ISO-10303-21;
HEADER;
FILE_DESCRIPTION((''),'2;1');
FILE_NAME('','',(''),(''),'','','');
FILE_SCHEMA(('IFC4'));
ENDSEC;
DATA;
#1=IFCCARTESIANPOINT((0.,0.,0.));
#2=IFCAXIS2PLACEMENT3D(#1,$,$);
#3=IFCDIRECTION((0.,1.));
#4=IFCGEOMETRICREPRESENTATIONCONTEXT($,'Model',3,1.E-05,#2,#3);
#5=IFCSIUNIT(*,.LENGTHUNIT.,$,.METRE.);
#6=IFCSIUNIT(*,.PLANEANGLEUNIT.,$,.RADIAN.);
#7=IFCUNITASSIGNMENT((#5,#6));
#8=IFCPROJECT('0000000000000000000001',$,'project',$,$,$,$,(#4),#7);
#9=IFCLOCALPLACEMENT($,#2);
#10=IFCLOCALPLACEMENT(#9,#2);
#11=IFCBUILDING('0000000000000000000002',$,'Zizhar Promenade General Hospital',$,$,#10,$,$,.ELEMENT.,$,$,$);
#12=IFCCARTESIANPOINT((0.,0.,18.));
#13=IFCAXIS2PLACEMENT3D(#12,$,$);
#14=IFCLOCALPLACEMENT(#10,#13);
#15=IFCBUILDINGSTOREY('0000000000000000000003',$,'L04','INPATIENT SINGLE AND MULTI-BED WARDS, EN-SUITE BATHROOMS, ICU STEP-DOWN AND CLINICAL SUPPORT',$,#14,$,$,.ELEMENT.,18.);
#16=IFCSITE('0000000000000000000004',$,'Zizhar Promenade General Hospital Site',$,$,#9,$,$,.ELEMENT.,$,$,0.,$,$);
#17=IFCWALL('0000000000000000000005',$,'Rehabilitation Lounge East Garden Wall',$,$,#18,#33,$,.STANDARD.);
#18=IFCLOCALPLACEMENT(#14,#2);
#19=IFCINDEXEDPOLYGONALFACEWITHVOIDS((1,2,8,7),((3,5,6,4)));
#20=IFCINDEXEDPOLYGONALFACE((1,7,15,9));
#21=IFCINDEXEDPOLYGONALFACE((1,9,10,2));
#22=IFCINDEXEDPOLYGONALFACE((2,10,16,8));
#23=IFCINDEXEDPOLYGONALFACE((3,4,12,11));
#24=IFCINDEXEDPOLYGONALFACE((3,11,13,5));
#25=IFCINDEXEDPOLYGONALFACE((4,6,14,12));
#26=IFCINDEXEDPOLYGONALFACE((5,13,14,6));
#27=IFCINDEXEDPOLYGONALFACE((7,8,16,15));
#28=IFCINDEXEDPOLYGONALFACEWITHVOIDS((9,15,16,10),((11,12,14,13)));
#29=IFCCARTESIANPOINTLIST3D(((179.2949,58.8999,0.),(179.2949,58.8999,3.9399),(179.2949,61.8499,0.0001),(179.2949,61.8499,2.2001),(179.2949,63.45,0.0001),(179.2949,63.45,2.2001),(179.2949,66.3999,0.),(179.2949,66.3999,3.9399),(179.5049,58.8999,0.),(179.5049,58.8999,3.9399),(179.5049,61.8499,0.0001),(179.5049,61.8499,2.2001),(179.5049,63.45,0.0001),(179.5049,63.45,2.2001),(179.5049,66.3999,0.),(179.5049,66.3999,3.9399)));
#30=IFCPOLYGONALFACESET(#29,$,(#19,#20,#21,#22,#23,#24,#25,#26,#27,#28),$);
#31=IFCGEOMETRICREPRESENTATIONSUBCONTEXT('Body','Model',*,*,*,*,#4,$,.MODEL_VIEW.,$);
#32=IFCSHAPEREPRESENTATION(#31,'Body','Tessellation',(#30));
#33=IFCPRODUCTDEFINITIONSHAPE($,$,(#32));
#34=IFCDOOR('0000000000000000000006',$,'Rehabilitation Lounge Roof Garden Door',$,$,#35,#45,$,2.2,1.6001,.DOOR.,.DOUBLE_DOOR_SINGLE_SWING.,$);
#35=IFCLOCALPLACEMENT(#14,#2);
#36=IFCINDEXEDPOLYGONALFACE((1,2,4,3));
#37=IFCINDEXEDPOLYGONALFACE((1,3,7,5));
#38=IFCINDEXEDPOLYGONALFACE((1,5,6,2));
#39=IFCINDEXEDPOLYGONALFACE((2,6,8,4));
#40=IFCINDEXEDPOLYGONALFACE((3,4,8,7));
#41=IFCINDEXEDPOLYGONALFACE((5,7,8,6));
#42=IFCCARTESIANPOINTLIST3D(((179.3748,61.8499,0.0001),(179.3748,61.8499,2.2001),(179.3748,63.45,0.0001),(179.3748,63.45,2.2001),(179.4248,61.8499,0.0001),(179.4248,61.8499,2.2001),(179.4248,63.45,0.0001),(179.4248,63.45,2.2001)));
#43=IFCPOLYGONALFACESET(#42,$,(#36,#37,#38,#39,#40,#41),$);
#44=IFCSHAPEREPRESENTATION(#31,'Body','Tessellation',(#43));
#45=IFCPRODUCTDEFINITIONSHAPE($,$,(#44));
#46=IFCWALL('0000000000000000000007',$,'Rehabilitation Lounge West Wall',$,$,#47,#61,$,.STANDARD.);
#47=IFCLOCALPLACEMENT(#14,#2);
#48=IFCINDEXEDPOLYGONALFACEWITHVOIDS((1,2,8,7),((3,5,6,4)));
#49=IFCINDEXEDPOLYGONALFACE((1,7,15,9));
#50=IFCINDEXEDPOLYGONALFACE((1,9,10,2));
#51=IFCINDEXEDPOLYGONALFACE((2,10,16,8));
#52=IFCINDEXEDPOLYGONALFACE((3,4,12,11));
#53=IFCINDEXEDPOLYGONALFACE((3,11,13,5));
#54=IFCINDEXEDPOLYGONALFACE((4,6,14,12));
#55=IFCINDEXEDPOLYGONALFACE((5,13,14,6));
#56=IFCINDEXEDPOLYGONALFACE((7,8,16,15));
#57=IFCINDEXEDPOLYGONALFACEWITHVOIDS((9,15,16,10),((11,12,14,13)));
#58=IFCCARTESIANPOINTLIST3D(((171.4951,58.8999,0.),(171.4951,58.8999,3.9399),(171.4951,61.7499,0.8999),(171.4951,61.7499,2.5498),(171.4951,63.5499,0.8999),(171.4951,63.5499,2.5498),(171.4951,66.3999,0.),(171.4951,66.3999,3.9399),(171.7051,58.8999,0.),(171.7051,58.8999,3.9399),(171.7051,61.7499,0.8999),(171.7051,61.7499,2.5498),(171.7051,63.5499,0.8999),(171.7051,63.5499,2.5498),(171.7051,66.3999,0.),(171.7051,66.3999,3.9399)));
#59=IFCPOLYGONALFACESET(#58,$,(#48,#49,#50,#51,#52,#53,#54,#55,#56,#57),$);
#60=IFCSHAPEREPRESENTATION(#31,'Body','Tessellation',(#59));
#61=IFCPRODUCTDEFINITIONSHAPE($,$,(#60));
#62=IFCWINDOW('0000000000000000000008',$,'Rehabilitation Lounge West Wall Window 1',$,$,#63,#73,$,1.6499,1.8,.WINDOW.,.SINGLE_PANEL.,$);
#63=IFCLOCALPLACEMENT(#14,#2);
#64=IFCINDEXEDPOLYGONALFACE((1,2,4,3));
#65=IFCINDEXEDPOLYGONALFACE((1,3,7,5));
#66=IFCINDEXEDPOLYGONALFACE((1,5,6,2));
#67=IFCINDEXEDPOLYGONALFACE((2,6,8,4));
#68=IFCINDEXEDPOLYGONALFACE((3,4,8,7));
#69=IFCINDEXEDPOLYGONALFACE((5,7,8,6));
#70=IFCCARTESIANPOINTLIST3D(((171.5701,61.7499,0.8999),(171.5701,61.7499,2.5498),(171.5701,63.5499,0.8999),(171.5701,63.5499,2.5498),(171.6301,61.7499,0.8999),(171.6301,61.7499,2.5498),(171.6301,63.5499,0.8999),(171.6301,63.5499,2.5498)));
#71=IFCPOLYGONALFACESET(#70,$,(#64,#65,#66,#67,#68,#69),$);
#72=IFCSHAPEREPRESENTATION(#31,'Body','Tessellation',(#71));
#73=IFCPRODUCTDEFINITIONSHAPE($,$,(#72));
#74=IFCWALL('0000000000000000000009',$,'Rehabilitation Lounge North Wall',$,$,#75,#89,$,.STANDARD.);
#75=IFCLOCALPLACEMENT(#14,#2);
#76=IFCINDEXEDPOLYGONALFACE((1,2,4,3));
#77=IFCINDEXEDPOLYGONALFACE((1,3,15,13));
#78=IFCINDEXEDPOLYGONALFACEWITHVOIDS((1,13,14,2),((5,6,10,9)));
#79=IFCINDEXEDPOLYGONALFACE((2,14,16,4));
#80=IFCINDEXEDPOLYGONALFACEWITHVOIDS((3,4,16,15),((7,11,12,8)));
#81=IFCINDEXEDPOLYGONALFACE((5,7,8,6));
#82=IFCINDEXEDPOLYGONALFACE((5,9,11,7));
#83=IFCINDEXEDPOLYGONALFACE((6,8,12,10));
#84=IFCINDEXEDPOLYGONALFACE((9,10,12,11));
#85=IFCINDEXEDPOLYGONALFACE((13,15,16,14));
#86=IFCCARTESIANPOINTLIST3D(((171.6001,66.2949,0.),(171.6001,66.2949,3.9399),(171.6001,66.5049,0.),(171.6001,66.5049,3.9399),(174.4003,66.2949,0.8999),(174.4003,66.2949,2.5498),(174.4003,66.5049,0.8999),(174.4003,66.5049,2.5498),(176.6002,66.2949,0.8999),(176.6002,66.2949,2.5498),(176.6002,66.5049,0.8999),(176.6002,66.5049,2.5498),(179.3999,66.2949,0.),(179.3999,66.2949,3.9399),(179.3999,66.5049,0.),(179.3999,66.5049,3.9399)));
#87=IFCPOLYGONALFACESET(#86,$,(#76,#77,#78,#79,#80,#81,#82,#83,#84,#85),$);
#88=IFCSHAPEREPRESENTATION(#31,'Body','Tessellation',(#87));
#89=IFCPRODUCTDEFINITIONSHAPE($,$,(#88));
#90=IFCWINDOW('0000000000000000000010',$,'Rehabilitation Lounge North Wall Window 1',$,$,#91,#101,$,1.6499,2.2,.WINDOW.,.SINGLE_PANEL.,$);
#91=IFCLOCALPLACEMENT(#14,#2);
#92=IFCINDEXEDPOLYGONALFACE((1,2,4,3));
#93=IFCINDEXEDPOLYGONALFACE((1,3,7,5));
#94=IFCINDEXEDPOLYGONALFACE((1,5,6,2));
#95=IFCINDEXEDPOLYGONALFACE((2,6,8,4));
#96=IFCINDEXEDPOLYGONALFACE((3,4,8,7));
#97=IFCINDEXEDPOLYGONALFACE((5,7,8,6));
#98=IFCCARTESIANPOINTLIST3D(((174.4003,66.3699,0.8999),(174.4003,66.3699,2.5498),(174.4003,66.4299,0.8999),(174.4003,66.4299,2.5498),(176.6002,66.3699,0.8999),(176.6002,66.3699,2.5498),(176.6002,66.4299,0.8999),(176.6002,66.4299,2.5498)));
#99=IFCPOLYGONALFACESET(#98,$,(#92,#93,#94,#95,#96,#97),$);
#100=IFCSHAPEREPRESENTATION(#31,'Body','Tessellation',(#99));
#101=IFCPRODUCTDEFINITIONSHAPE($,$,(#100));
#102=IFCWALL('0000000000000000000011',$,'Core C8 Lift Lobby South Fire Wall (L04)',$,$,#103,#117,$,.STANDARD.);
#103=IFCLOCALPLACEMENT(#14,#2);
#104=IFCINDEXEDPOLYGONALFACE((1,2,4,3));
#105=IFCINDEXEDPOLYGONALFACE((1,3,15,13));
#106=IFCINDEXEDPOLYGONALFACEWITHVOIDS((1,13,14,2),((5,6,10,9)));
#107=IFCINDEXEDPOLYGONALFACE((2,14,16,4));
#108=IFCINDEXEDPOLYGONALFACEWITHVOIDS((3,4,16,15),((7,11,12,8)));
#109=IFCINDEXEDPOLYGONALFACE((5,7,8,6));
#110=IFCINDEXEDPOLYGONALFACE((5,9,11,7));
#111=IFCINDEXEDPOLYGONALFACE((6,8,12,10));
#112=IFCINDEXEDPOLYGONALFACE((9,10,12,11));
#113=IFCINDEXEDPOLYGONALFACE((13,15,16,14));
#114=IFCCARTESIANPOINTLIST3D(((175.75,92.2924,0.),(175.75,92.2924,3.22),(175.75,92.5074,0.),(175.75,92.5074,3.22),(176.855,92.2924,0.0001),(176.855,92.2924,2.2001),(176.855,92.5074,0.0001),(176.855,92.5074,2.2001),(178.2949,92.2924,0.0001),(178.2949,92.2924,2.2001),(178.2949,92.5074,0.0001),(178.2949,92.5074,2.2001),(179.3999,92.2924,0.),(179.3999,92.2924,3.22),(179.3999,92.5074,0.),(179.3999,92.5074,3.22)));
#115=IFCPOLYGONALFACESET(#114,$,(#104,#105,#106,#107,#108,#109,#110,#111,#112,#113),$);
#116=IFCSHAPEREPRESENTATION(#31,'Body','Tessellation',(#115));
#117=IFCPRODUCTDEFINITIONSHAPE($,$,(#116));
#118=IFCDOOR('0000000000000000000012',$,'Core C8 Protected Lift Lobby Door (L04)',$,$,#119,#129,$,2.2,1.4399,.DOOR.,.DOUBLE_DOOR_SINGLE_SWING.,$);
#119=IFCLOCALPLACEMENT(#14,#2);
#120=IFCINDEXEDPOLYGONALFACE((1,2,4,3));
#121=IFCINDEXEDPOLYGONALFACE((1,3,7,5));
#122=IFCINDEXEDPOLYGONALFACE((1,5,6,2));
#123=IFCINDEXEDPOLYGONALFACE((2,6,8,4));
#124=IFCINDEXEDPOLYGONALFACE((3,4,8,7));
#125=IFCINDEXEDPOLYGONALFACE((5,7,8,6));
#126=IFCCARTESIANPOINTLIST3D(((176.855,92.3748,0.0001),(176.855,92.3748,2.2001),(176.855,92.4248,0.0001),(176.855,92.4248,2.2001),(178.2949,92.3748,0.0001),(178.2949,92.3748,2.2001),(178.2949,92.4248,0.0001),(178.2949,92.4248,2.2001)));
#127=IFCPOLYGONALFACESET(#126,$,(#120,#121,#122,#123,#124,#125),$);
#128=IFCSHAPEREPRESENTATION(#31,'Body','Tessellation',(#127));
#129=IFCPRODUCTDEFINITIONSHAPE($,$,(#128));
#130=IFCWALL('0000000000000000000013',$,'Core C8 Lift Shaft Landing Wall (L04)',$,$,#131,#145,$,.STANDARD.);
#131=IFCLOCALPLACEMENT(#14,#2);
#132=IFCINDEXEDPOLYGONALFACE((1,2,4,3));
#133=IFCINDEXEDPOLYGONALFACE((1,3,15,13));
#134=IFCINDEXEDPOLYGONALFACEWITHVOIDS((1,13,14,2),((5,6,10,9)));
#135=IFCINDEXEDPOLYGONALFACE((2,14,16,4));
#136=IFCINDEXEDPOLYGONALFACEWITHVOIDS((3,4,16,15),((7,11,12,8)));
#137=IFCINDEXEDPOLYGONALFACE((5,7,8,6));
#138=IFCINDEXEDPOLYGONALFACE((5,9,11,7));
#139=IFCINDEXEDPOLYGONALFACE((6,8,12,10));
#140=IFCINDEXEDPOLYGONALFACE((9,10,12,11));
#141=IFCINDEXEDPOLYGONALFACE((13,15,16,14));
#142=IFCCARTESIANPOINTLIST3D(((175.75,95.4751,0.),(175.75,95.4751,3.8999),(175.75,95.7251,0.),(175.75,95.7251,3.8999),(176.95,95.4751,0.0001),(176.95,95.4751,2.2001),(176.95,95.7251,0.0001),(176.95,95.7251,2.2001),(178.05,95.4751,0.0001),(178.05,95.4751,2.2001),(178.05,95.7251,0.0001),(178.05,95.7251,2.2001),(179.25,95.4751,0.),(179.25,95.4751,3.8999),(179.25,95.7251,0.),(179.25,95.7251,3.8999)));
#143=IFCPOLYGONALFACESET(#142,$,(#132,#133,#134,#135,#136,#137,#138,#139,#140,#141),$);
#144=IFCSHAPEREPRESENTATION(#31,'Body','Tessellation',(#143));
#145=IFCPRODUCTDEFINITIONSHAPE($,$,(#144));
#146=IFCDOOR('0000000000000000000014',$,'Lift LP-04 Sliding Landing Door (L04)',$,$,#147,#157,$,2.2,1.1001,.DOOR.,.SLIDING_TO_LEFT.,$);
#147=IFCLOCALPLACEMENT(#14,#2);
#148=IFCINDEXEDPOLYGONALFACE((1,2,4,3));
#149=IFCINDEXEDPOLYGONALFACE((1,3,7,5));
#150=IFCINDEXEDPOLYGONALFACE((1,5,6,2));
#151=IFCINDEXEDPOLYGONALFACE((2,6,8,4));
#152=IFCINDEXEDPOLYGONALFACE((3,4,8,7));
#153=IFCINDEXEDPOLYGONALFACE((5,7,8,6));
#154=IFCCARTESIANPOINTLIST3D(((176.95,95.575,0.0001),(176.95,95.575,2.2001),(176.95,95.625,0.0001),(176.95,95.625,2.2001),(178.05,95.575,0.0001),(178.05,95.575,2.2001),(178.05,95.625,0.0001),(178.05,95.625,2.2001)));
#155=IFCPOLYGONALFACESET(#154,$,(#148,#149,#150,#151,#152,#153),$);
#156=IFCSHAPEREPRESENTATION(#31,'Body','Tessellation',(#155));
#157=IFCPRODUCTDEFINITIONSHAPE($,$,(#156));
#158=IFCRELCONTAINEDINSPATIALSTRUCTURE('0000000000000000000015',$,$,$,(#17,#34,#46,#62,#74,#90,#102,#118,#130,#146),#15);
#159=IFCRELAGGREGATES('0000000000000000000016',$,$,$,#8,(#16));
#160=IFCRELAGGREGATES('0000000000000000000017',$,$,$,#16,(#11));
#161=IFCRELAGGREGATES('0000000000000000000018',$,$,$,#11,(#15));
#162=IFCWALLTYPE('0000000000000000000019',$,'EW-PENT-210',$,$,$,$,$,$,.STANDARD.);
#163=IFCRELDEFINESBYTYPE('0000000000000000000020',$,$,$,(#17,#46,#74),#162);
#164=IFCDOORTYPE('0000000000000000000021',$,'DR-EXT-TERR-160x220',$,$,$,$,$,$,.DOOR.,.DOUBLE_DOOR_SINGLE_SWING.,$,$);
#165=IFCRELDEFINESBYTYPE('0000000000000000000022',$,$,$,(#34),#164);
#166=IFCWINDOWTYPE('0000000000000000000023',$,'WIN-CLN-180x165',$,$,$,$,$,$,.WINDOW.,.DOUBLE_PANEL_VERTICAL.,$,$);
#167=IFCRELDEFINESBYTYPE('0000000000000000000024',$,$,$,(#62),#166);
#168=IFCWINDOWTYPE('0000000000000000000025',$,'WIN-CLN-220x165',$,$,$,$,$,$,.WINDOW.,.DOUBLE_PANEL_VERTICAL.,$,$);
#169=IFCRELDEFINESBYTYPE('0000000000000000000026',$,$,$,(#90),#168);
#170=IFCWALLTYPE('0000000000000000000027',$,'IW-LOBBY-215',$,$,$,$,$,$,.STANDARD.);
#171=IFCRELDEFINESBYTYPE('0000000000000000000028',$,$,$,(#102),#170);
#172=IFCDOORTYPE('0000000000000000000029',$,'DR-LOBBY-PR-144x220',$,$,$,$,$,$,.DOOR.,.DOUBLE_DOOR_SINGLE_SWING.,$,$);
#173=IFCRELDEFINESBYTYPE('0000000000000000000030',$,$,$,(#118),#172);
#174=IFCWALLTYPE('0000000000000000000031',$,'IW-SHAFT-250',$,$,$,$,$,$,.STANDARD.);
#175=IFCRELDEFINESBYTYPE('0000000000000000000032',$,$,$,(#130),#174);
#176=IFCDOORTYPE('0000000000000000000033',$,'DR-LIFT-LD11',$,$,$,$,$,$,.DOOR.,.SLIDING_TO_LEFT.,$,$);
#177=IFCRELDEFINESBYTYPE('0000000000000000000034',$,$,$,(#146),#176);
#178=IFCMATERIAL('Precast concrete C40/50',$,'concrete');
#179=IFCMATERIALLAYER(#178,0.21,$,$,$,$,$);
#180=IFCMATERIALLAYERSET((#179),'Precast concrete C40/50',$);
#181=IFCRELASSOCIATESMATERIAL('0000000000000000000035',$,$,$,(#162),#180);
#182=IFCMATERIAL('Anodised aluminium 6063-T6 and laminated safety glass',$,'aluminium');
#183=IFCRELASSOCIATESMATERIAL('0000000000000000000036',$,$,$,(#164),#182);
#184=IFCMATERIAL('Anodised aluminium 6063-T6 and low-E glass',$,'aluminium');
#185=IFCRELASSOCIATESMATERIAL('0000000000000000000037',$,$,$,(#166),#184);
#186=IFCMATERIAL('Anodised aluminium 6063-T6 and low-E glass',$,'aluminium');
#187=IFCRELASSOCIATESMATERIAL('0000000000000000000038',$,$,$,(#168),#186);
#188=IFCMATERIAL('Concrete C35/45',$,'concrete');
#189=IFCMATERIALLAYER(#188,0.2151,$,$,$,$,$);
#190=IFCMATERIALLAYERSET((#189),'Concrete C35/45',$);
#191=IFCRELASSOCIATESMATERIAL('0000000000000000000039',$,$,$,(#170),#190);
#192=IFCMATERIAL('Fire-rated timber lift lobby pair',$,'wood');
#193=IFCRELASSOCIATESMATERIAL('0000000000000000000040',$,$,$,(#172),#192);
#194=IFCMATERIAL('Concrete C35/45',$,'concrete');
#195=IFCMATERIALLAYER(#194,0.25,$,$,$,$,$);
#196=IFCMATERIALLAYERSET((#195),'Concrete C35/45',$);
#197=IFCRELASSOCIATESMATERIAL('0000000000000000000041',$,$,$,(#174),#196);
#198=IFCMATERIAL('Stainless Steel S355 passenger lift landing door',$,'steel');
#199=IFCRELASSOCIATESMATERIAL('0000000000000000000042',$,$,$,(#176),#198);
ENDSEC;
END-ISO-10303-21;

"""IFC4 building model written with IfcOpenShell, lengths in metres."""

from ifc_helpers import new_model, si_unit, direction, frame, frame_2d, origin, place, context, subcontext, project, spatial, rectangle, extrude, material, layer, layer_set, type_object, element, fill, save


model = new_model("IFC4")

# Units and contexts
model_context = context("Model", 3, precision=1e-05, world=origin(), true_north=direction((0.0, 1.0)))
body_context = subcontext(model_context, "Body", "Model", "MODEL_VIEW")
ifc_project = project(units=[si_unit("LENGTHUNIT", "METRE"), si_unit("PLANEANGLEUNIT", "RADIAN")], contexts=[model_context])

# Site, building, storey
site_placement = place(None, origin())
site = spatial("IfcSite", under=ifc_project, at=site_placement, Name="Zizhar Promenade General Hospital Site", CompositionType="ELEMENT", RefElevation=0.0)
building_placement = place(site_placement, origin())
building = spatial("IfcBuilding", under=site, at=building_placement, Name="Zizhar Promenade General Hospital", CompositionType="ELEMENT")
storey_placement = place(building_placement, frame((0.0, 0.0, 18.0)))
storey = spatial("IfcBuildingStorey", under=building, at=storey_placement, Name="L04", Description="INPATIENT SINGLE AND MULTI-BED WARDS, EN-SUITE BATHROOMS, ICU STEP-DOWN AND CLINICAL SUPPORT", CompositionType="ELEMENT", Elevation=18.0)

# Wall, opening, door
ifc_material_1 = material(Name="Precast concrete C40/50", Category="concrete")
ifc_layer_1 = layer(ifc_material_1, 0.21)
ifc_layer_set_1 = layer_set([ifc_layer_1], Name="Precast concrete C40/50")
wall_type_1 = type_object("IfcWallType", Name="EW-PENT-210", PredefinedType="STANDARD", material=ifc_layer_set_1)
wall_1_placement = place(storey_placement, frame((179.3999, 66.3999, 0.0), z_axis=(0.0, 0.0, 1.0), x_axis=(0.0, -1.0, 0.0)))
wall_1 = element("IfcWall", 1, at=wall_1_placement, inside=storey, type_object=wall_type_1, Name="Rehabilitation Lounge East Garden Wall", PredefinedType="STANDARD", context=body_context, shape_type="SweptSolid", body=[
    extrude(rectangle(XDim=7.5, YDim=0.21, at=frame_2d((3.75, 0.0))), origin(), (0.0, 0.0, 1.0), 3.9399),
])
opening_1_placement = place(wall_1_placement, frame((2.95, 0.0, 0.0)))
opening_1 = element("IfcOpeningElement", 2, at=opening_1_placement, cuts=wall_1, PredefinedType="OPENING", context=body_context, shape_type="SweptSolid", body=[
    extrude(rectangle(XDim=1.6001, YDim=2.2, at=frame_2d((0.8, 1.1001))), frame((0.0, 0.115, 0.0), z_axis=(0.0, -1.0, 0.0), x_axis=(1.0, 0.0, 0.0)), (0.0, 0.0, 1.0), 0.23),
])
ifc_material_2 = material(Name="Anodised aluminium 6063-T6 and laminated safety glass", Category="aluminium")
door_type_1 = type_object("IfcDoorType", Name="DR-EXT-TERR-160x220", OperationType="DOUBLE_DOOR_SINGLE_SWING", PredefinedType="DOOR", material=ifc_material_2)
door_1_placement = place(opening_1_placement, origin())
door_1 = element("IfcDoor", 3, at=door_1_placement, inside=storey, type_object=door_type_1, Name="Rehabilitation Lounge Roof Garden Door", OperationType="DOUBLE_DOOR_SINGLE_SWING", OverallHeight=2.2, OverallWidth=1.6001, PredefinedType="DOOR", context=body_context, shape_type="SweptSolid", body=[
    extrude(rectangle(XDim=1.6001, YDim=2.2, at=frame_2d((0.8, 1.1001))), frame((0.0, 0.0249, 0.0), z_axis=(0.0, -1.0, 0.0), x_axis=(1.0, 0.0, 0.0)), (0.0, 0.0, 1.0), 0.05),
])
fill(opening_1, door_1)

# Walls, openings, windows
wall_2_placement = place(storey_placement, frame((171.6001, 58.8999, 0.0), z_axis=(0.0, 0.0, 1.0), x_axis=(0.0, 1.0, 0.0)))
wall_2 = element("IfcWall", 4, at=wall_2_placement, inside=storey, type_object=wall_type_1, Name="Rehabilitation Lounge West Wall", PredefinedType="STANDARD", context=body_context, shape_type="SweptSolid", body=[
    extrude(rectangle(XDim=7.5, YDim=0.21, at=frame_2d((3.75, 0.0))), origin(), (0.0, 0.0, 1.0), 3.9399),
])
opening_2_placement = place(wall_2_placement, frame((2.8501, 0.0, 0.8999)))
opening_2 = element("IfcOpeningElement", 5, at=opening_2_placement, cuts=wall_2, PredefinedType="OPENING", context=body_context, shape_type="SweptSolid", body=[
    extrude(rectangle(XDim=1.8, YDim=1.6499, at=frame_2d((0.8999, 0.825))), frame((0.0, 0.115, 0.0), z_axis=(0.0, -1.0, 0.0), x_axis=(1.0, 0.0, 0.0)), (0.0, 0.0, 1.0), 0.23),
])
ifc_material_3 = material(Name="Anodised aluminium 6063-T6 and low-E glass", Category="aluminium")
window_type_1 = type_object("IfcWindowType", Name="WIN-CLN-180x165", PartitioningType="DOUBLE_PANEL_VERTICAL", PredefinedType="WINDOW", material=ifc_material_3)
window_1_placement = place(opening_2_placement, origin())
window_1 = element("IfcWindow", 6, at=window_1_placement, inside=storey, type_object=window_type_1, Name="Rehabilitation Lounge West Wall Window 1", OverallHeight=1.6499, OverallWidth=1.8, PartitioningType="SINGLE_PANEL", PredefinedType="WINDOW", context=body_context, shape_type="SweptSolid", body=[
    extrude(rectangle(XDim=1.8, YDim=1.6499, at=frame_2d((0.8999, 0.825))), frame((0.0, 0.03, 0.0), z_axis=(0.0, -1.0, 0.0), x_axis=(1.0, 0.0, 0.0)), (0.0, 0.0, 1.0), 0.0601),
])
fill(opening_2, window_1)
wall_3_placement = place(storey_placement, frame((171.6001, 66.3999, 0.0), z_axis=(0.0, 0.0, 1.0), x_axis=(1.0, 0.0, 0.0)))
wall_3 = element("IfcWall", 7, at=wall_3_placement, inside=storey, type_object=wall_type_1, Name="Rehabilitation Lounge North Wall", PredefinedType="STANDARD", context=body_context, shape_type="SweptSolid", body=[
    extrude(rectangle(XDim=7.7998, YDim=0.21, at=frame_2d((3.8999, 0.0))), origin(), (0.0, 0.0, 1.0), 3.9399),
])
opening_3_placement = place(wall_3_placement, frame((2.8, 0.0, 0.8999)))
opening_3 = element("IfcOpeningElement", 8, at=opening_3_placement, cuts=wall_3, PredefinedType="OPENING", context=body_context, shape_type="SweptSolid", body=[
    extrude(rectangle(XDim=2.2, YDim=1.6499, at=frame_2d((1.1001, 0.825))), frame((0.0, 0.115, 0.0), z_axis=(0.0, -1.0, 0.0), x_axis=(1.0, 0.0, 0.0)), (0.0, 0.0, 1.0), 0.23),
])
ifc_material_4 = material(Name="Anodised aluminium 6063-T6 and low-E glass", Category="aluminium")
window_type_2 = type_object("IfcWindowType", Name="WIN-CLN-220x165", PartitioningType="DOUBLE_PANEL_VERTICAL", PredefinedType="WINDOW", material=ifc_material_4)
window_2_placement = place(opening_3_placement, origin())
window_2 = element("IfcWindow", 9, at=window_2_placement, inside=storey, type_object=window_type_2, Name="Rehabilitation Lounge North Wall Window 1", OverallHeight=1.6499, OverallWidth=2.2, PartitioningType="SINGLE_PANEL", PredefinedType="WINDOW", context=body_context, shape_type="SweptSolid", body=[
    extrude(rectangle(XDim=2.2, YDim=1.6499, at=frame_2d((1.1001, 0.825))), frame((0.0, 0.03, 0.0), z_axis=(0.0, -1.0, 0.0), x_axis=(1.0, 0.0, 0.0)), (0.0, 0.0, 1.0), 0.0601),
])
fill(opening_3, window_2)

# Walls, openings, doors
ifc_material_5 = material(Name="Concrete C35/45", Category="concrete")
ifc_layer_2 = layer(ifc_material_5, 0.2151)
ifc_layer_set_2 = layer_set([ifc_layer_2], Name="Concrete C35/45")
wall_type_2 = type_object("IfcWallType", Name="IW-LOBBY-215", PredefinedType="STANDARD", material=ifc_layer_set_2)
wall_4_placement = place(storey_placement, frame((175.75, 92.3999, 0.0), z_axis=(0.0, 0.0, 1.0), x_axis=(1.0, 0.0, 0.0)))
wall_4 = element("IfcWall", 10, at=wall_4_placement, inside=storey, type_object=wall_type_2, Name="Core C8 Lift Lobby South Fire Wall (L04)", PredefinedType="STANDARD", context=body_context, shape_type="SweptSolid", body=[
    extrude(rectangle(XDim=3.6499, YDim=0.2151, at=frame_2d((1.825, 0.0))), origin(), (0.0, 0.0, 1.0), 3.22),
])
opening_4_placement = place(wall_4_placement, frame((1.105, 0.0, 0.0)))
opening_4 = element("IfcOpeningElement", 11, at=opening_4_placement, cuts=wall_4, PredefinedType="OPENING", context=body_context, shape_type="SweptSolid", body=[
    extrude(rectangle(XDim=1.4399, YDim=2.2, at=frame_2d((0.72, 1.1001))), frame((0.0, 0.1177, 0.0), z_axis=(0.0, -1.0, 0.0), x_axis=(1.0, 0.0, 0.0)), (0.0, 0.0, 1.0), 0.2351),
])
ifc_material_6 = material(Name="Fire-rated timber lift lobby pair", Category="wood")
door_type_2 = type_object("IfcDoorType", Name="DR-LOBBY-PR-144x220", OperationType="DOUBLE_DOOR_SINGLE_SWING", PredefinedType="DOOR", material=ifc_material_6)
door_2_placement = place(opening_4_placement, origin())
door_2 = element("IfcDoor", 12, at=door_2_placement, inside=storey, type_object=door_type_2, Name="Core C8 Protected Lift Lobby Door (L04)", OperationType="DOUBLE_DOOR_SINGLE_SWING", OverallHeight=2.2, OverallWidth=1.4399, PredefinedType="DOOR", context=body_context, shape_type="SweptSolid", body=[
    extrude(rectangle(XDim=1.4399, YDim=2.2, at=frame_2d((0.72, 1.1001))), frame((0.0, 0.0249, 0.0), z_axis=(0.0, -1.0, 0.0), x_axis=(1.0, 0.0, 0.0)), (0.0, 0.0, 1.0), 0.05),
])
fill(opening_4, door_2)
ifc_material_7 = material(Name="Concrete C35/45", Category="concrete")
ifc_layer_3 = layer(ifc_material_7, 0.25)
ifc_layer_set_3 = layer_set([ifc_layer_3], Name="Concrete C35/45")
wall_type_3 = type_object("IfcWallType", Name="IW-SHAFT-250", PredefinedType="STANDARD", material=ifc_layer_set_3)
wall_5_placement = place(storey_placement, frame((175.75, 95.6001, 0.0), z_axis=(0.0, 0.0, 1.0), x_axis=(1.0, 0.0, 0.0)))
wall_5 = element("IfcWall", 13, at=wall_5_placement, inside=storey, type_object=wall_type_3, Name="Core C8 Lift Shaft Landing Wall (L04)", PredefinedType="STANDARD", context=body_context, shape_type="SweptSolid", body=[
    extrude(rectangle(XDim=3.5, YDim=0.25, at=frame_2d((1.75, 0.0))), origin(), (0.0, 0.0, 1.0), 3.8999),
])
opening_5_placement = place(wall_5_placement, frame((1.2, 0.0, 0.0)))
opening_5 = element("IfcOpeningElement", 14, at=opening_5_placement, cuts=wall_5, PredefinedType="OPENING", context=body_context, shape_type="SweptSolid", body=[
    extrude(rectangle(XDim=1.1001, YDim=2.2, at=frame_2d((0.55, 1.1001))), frame((0.0, 0.135, 0.0), z_axis=(0.0, -1.0, 0.0), x_axis=(1.0, 0.0, 0.0)), (0.0, 0.0, 1.0), 0.27),
])
ifc_material_8 = material(Name="Stainless Steel S355 passenger lift landing door", Category="steel")
door_type_3 = type_object("IfcDoorType", Name="DR-LIFT-LD11", OperationType="SLIDING_TO_LEFT", PredefinedType="DOOR", material=ifc_material_8)
door_3_placement = place(opening_5_placement, origin())
door_3 = element("IfcDoor", 15, at=door_3_placement, inside=storey, type_object=door_type_3, Name="Lift LP-04 Sliding Landing Door (L04)", OperationType="SLIDING_TO_LEFT", OverallHeight=2.2, OverallWidth=1.1001, PredefinedType="DOOR", context=body_context, shape_type="SweptSolid", body=[
    extrude(rectangle(XDim=1.1001, YDim=2.2, at=frame_2d((0.55, 1.1001))), frame((0.0, 0.0249, 0.0), z_axis=(0.0, -1.0, 0.0), x_axis=(1.0, 0.0, 0.0)), (0.0, 0.0, 1.0), 0.05),
])
fill(opening_5, door_3)

save(model, "model.ifc")
